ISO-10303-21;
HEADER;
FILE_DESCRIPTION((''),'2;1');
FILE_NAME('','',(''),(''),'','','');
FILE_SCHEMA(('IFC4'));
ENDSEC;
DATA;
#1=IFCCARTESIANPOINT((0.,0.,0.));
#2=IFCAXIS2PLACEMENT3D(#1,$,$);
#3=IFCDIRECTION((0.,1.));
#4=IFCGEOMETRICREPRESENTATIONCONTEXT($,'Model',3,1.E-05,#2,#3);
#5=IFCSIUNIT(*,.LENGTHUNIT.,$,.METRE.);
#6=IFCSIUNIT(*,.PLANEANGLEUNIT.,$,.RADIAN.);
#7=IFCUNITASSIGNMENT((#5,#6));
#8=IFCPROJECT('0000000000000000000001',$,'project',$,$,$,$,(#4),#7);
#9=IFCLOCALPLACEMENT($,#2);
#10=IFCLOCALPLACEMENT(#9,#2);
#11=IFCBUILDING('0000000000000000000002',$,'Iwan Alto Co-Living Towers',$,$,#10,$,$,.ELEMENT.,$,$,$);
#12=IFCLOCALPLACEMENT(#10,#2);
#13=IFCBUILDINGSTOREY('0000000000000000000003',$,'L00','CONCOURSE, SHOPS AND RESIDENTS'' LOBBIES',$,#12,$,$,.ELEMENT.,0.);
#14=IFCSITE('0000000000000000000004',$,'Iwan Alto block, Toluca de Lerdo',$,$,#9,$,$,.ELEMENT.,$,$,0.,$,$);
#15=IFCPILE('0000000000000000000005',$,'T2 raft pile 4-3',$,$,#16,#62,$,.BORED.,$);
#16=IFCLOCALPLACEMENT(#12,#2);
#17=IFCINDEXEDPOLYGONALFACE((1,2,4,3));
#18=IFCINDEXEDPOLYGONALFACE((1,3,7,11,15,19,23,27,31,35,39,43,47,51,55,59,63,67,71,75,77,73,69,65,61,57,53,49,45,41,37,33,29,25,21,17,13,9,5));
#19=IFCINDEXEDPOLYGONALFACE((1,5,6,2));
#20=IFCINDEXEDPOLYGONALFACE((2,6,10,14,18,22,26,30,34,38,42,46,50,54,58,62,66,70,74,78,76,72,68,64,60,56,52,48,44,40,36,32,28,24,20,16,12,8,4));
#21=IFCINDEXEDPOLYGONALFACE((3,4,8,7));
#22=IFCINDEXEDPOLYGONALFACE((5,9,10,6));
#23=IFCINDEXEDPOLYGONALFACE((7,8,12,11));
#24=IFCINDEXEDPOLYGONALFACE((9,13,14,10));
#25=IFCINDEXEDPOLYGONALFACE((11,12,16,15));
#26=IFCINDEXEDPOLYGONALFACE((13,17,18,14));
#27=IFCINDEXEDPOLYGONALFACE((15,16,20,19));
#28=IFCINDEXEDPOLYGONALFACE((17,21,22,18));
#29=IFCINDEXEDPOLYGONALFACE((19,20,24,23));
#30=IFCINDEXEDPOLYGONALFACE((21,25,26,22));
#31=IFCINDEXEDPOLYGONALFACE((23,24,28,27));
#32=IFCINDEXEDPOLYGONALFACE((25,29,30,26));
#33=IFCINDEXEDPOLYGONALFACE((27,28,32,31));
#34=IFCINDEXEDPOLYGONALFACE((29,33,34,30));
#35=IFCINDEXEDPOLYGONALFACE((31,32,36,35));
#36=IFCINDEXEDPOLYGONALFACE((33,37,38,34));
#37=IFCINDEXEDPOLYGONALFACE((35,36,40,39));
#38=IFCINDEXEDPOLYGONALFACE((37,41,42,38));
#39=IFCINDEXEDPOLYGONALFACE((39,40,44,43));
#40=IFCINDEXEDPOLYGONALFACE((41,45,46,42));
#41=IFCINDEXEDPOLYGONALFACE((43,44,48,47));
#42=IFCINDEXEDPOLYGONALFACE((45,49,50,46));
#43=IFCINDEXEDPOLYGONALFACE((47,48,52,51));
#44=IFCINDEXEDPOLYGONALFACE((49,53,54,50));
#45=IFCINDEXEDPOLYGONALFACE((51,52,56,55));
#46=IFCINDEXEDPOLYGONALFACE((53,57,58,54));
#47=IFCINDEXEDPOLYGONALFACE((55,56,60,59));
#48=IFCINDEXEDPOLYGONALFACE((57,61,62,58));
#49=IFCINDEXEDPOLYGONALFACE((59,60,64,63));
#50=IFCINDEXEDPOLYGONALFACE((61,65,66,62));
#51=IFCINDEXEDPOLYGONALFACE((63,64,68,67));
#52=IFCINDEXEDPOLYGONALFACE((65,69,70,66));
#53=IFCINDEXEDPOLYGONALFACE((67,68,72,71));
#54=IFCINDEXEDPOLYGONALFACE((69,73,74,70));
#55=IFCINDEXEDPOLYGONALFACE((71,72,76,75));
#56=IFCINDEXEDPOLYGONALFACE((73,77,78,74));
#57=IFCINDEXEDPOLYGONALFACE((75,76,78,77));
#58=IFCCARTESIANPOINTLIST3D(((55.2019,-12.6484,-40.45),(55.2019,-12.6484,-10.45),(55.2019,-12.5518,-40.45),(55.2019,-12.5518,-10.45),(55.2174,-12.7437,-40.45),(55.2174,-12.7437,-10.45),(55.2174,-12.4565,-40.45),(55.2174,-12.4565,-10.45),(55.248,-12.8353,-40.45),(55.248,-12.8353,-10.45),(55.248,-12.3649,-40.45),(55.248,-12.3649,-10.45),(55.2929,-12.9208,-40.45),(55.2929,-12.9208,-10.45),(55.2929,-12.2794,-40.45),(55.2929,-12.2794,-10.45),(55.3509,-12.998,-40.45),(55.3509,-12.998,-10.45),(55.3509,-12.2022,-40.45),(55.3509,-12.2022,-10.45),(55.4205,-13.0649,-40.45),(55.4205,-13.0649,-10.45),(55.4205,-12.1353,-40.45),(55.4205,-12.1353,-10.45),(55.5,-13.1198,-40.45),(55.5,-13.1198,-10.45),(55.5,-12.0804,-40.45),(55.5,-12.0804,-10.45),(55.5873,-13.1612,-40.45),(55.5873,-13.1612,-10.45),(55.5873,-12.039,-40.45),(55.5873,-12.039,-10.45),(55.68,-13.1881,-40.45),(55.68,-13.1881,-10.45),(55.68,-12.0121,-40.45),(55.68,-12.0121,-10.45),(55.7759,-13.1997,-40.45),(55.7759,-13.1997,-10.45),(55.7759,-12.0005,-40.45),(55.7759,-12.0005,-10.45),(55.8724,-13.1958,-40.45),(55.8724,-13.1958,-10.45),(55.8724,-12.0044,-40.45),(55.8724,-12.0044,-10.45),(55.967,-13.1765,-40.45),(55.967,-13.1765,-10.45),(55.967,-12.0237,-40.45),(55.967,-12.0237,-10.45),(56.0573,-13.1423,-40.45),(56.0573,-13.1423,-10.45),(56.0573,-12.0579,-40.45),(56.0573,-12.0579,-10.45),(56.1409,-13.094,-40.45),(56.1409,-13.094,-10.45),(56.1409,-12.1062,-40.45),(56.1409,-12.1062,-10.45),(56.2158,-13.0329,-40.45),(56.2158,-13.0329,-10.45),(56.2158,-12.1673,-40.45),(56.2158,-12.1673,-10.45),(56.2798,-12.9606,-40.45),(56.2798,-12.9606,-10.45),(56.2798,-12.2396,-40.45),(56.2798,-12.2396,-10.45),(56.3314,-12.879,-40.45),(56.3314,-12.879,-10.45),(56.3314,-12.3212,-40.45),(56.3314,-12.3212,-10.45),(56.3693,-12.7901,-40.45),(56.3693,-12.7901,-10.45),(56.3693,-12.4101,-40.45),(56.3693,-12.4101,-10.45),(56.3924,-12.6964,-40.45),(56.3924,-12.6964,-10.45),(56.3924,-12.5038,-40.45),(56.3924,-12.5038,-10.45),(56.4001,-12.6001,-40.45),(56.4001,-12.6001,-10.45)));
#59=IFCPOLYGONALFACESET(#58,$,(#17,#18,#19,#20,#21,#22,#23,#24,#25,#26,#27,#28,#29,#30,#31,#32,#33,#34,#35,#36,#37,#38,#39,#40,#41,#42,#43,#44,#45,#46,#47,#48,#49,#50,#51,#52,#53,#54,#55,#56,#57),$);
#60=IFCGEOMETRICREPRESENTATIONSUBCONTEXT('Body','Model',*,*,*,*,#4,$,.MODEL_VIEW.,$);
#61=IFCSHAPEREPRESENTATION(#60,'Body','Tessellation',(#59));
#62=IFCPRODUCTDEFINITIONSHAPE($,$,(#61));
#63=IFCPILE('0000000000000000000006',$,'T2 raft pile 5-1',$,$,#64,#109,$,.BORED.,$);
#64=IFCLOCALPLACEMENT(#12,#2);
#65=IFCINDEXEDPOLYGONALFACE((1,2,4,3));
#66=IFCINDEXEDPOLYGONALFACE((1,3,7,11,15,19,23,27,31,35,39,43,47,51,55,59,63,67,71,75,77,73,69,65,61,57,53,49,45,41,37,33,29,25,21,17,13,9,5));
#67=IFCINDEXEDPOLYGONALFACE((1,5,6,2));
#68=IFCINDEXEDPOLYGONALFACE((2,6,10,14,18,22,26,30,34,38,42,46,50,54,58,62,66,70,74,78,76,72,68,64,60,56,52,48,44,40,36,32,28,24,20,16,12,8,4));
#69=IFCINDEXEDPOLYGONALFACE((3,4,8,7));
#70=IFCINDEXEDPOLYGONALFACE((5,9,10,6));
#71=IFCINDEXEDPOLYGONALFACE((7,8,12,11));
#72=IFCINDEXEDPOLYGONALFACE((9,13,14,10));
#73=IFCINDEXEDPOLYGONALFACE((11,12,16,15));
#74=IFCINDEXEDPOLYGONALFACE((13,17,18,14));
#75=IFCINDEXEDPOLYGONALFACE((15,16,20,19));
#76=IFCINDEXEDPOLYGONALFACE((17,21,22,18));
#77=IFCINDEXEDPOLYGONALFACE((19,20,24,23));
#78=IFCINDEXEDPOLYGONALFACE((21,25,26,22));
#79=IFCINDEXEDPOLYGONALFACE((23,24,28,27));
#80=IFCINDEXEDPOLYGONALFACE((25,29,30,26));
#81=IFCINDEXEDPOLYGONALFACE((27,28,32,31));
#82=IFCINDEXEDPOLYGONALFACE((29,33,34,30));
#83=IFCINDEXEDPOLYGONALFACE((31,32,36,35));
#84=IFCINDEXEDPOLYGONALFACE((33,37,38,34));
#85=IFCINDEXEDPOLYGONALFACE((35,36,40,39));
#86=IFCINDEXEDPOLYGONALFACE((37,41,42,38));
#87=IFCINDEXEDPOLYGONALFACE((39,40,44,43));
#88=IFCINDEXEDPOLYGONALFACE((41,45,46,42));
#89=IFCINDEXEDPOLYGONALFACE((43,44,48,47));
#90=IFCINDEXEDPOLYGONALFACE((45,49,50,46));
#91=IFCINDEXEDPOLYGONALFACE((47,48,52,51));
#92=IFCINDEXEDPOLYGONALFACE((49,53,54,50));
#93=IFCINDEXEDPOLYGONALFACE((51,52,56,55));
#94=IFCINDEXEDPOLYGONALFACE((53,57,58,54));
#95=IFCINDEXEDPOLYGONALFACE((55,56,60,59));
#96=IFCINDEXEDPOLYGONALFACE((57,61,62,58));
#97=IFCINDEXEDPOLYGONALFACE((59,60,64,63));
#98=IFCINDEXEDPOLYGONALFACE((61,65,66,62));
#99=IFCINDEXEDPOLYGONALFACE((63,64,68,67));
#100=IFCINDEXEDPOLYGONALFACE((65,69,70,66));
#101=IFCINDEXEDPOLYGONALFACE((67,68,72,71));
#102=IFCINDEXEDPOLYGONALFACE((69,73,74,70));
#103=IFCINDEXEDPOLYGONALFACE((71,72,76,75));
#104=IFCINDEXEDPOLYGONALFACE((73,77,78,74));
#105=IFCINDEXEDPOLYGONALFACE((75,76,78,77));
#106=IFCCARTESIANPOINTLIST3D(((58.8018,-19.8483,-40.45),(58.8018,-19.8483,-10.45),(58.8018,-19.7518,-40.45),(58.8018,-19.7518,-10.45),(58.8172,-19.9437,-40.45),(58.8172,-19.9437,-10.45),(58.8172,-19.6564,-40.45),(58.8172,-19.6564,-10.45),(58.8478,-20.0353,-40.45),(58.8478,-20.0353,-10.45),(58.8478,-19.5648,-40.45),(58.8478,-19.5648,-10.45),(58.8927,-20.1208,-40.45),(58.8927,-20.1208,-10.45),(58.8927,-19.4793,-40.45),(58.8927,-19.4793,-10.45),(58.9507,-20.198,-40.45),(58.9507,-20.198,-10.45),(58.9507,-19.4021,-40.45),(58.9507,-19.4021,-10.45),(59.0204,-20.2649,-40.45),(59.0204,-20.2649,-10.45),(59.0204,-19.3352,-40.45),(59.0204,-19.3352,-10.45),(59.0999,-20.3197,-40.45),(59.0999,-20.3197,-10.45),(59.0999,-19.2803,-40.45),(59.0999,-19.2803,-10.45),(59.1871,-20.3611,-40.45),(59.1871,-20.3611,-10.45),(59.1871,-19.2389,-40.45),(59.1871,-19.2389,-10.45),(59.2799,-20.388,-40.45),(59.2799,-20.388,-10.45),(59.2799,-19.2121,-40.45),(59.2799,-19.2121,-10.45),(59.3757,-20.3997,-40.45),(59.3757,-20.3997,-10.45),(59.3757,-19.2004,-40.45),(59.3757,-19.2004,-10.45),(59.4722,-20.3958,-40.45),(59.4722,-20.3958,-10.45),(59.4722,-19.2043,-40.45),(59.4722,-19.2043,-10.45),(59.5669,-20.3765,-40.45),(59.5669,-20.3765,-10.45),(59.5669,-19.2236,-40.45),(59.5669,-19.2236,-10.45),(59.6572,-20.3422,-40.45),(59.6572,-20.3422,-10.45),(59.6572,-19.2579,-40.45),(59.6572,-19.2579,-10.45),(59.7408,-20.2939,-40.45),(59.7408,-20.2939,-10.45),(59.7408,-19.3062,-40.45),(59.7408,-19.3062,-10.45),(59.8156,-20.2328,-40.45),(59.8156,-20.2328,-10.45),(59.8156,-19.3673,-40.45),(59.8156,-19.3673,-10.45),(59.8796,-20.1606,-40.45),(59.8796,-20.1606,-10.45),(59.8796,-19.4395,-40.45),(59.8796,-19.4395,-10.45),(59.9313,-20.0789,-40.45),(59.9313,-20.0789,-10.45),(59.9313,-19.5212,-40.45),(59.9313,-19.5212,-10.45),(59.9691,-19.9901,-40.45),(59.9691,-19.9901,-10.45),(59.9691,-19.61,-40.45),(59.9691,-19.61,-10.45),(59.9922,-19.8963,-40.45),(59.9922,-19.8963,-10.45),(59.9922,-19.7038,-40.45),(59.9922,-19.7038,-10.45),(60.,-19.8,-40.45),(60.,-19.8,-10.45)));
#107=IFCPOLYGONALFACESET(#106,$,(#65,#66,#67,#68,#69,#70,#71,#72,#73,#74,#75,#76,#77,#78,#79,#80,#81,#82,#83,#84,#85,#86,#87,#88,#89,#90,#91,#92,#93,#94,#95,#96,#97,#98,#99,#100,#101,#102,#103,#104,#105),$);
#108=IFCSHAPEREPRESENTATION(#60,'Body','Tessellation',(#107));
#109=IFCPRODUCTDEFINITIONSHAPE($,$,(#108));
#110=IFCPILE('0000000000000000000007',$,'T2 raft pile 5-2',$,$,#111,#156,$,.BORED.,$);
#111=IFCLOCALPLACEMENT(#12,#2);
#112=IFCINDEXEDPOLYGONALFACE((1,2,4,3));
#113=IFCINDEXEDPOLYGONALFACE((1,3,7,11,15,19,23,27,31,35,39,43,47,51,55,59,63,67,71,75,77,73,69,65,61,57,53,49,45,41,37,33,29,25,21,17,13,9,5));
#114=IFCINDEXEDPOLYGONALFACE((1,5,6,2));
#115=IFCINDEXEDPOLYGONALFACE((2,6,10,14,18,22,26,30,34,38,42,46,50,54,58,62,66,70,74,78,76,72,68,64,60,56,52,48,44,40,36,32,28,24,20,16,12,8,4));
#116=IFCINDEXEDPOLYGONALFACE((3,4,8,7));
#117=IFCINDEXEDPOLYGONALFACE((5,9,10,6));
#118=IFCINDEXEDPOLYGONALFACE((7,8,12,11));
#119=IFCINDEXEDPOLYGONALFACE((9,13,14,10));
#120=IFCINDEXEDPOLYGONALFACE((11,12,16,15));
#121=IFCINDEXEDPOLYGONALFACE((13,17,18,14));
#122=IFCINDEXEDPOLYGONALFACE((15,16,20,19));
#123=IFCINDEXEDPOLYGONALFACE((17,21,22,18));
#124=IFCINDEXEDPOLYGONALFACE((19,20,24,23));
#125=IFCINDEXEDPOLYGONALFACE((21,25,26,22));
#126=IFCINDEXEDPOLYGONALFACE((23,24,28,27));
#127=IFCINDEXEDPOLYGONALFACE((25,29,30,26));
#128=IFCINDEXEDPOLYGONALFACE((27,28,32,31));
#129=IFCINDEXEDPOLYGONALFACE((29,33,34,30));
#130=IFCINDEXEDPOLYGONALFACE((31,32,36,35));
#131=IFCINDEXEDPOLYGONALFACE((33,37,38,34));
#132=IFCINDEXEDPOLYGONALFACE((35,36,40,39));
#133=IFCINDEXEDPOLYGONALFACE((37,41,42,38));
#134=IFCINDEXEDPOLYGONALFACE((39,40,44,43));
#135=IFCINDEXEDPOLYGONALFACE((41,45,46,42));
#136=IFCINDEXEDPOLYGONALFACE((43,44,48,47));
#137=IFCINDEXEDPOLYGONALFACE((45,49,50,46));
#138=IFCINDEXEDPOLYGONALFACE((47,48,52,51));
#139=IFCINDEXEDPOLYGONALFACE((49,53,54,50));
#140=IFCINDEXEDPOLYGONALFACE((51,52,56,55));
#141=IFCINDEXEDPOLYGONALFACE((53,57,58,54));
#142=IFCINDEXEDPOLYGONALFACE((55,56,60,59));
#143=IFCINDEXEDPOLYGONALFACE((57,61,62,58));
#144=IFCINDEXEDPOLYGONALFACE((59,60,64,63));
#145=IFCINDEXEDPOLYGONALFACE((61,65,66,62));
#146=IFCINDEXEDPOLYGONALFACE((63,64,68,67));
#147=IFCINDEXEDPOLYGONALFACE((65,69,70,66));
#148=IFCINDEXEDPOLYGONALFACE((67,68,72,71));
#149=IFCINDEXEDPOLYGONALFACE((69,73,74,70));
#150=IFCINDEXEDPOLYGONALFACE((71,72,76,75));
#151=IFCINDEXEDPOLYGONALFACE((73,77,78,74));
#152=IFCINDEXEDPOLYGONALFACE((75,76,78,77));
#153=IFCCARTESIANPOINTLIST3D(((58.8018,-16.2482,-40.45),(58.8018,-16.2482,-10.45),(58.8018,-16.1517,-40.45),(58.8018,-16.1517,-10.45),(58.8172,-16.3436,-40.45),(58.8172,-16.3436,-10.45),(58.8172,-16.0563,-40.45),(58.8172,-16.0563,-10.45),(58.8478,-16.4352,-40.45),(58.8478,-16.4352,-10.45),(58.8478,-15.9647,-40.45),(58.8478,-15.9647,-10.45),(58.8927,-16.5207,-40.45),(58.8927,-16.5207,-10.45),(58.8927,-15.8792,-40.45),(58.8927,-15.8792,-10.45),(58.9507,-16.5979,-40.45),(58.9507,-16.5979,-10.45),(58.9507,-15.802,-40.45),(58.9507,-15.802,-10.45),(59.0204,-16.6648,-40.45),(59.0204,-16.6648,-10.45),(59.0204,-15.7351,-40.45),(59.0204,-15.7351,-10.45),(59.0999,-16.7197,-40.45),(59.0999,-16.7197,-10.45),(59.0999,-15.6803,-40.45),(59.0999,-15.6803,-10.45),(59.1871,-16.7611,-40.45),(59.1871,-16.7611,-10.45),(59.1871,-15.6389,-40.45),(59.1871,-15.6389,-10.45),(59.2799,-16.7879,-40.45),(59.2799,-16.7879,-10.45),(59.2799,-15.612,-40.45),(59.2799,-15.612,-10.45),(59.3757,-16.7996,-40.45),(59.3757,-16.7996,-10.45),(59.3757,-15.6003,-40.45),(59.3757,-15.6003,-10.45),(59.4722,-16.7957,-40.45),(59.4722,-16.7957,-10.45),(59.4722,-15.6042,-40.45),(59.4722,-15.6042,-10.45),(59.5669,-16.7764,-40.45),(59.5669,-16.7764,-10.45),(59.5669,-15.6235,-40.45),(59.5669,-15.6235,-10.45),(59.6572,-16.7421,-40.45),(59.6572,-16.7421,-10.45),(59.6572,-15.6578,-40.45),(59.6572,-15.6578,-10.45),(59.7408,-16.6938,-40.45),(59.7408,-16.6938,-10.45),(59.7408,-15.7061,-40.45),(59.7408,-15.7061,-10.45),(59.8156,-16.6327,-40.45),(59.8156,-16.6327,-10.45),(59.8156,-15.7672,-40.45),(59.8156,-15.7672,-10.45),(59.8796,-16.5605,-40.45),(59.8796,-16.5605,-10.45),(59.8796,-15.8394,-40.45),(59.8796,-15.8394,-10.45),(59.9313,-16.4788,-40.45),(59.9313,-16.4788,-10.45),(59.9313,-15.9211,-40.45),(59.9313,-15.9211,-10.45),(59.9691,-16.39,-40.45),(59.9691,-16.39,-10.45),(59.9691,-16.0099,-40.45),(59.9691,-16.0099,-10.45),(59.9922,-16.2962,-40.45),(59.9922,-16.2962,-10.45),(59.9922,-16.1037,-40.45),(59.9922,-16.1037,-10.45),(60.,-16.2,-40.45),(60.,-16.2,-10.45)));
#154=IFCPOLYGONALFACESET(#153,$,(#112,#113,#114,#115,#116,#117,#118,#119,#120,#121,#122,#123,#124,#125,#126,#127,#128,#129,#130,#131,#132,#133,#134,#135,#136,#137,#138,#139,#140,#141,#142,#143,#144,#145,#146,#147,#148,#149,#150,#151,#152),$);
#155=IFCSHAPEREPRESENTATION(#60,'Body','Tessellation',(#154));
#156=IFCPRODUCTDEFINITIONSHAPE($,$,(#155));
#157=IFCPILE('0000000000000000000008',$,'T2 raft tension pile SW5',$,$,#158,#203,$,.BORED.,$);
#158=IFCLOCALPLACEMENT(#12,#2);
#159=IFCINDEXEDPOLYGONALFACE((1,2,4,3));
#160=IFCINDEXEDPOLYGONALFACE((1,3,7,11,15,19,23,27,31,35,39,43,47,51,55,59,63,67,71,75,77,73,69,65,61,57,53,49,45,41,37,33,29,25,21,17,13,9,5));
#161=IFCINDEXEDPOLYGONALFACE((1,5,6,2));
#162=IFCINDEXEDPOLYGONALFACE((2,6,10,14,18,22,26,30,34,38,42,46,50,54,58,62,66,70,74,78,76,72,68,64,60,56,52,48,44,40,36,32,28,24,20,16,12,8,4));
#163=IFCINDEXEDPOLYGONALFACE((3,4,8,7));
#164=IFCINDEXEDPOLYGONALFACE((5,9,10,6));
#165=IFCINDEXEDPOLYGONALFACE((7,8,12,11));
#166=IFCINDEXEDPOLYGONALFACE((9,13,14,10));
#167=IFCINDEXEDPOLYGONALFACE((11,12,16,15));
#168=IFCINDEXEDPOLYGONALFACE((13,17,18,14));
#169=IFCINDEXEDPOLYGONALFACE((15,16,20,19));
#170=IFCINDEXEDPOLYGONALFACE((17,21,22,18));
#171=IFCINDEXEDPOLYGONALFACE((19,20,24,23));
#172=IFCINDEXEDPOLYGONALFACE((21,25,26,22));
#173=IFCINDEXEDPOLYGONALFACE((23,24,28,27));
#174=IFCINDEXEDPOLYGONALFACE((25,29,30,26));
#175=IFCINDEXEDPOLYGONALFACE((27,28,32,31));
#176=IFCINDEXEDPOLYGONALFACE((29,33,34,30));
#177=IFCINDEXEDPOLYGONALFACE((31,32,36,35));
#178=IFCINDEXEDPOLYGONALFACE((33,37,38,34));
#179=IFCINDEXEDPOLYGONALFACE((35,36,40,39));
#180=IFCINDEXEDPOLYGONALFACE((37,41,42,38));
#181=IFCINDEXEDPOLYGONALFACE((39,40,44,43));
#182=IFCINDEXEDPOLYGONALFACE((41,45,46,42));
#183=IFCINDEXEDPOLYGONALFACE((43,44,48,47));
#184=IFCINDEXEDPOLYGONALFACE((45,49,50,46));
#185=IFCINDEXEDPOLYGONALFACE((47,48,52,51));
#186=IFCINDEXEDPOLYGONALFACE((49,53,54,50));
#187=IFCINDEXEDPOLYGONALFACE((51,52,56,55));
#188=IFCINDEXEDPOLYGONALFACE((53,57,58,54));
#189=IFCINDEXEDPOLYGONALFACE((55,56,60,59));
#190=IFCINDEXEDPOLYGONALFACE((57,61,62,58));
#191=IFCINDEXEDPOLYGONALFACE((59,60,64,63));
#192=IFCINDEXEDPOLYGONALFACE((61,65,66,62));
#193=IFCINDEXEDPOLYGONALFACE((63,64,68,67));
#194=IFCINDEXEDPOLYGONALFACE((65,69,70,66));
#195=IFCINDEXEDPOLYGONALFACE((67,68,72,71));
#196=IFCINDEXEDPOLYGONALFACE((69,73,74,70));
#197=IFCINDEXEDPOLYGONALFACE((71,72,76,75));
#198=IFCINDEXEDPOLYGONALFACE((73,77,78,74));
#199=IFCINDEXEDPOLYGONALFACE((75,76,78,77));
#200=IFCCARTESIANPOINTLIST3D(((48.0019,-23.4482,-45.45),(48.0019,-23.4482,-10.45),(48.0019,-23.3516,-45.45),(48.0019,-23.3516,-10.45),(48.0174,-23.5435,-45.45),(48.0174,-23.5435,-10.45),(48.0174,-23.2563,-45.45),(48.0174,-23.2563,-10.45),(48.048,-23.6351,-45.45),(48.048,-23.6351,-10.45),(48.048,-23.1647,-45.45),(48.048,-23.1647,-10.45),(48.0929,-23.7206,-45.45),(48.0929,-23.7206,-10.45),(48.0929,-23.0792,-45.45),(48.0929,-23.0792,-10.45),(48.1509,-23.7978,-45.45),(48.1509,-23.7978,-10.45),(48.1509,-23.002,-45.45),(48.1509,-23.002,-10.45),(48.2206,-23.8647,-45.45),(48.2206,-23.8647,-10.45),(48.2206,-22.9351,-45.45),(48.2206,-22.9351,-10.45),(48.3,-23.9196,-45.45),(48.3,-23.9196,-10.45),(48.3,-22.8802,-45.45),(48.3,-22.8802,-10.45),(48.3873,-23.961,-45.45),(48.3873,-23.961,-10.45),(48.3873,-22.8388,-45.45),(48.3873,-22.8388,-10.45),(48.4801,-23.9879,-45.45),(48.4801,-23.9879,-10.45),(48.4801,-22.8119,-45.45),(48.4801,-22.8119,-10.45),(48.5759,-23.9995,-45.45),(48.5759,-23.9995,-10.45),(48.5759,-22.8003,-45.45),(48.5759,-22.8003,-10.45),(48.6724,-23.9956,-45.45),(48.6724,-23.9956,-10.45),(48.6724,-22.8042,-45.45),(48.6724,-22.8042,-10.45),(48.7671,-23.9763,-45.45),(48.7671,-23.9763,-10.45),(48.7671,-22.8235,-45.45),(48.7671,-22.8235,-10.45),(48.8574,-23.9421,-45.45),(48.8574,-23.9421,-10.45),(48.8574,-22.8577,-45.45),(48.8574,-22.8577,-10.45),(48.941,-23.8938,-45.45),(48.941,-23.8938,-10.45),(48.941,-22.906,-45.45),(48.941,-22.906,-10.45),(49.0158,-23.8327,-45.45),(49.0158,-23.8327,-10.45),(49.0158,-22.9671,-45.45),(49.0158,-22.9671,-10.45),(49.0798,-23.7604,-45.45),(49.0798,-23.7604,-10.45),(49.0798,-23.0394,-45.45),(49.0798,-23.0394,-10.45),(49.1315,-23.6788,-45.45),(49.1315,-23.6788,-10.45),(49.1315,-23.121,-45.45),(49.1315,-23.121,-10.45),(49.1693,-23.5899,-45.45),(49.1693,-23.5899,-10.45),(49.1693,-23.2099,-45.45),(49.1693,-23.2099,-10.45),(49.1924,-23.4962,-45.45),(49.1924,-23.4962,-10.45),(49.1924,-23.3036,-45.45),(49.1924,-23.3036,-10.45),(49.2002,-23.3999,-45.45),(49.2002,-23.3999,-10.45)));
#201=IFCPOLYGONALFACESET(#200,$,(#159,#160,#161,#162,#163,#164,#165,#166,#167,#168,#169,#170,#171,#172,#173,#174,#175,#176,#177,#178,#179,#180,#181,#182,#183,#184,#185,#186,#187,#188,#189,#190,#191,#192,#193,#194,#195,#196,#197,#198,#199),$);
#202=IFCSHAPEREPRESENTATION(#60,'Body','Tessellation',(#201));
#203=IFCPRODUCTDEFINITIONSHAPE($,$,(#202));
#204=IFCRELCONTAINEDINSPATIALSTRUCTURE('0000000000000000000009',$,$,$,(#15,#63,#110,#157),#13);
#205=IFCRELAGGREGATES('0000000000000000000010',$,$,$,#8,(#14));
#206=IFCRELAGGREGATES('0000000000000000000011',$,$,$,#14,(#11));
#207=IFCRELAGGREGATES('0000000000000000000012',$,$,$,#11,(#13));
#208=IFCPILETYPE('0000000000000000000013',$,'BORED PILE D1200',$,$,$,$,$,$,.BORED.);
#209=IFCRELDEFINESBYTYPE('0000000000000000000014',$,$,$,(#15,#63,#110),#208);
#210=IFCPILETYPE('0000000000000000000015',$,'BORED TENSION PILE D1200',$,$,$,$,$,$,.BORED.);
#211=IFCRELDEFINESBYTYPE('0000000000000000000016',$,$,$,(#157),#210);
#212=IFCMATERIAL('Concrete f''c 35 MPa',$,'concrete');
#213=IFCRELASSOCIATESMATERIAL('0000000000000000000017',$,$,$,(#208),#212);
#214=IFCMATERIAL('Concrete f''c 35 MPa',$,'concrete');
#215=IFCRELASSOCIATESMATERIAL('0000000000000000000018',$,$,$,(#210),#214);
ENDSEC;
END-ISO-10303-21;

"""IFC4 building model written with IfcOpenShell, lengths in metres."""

from ifc_helpers import new_model, si_unit, direction, frame, origin, origin_2d, place, context, subcontext, project, spatial, circle, extrude, material, material_profile, profile_set, type_object, element, save


model = new_model("IFC4")

# Units and contexts
model_context = context("Model", 3, precision=1e-05, world=origin(), true_north=direction((0.0, 1.0)))
body_context = subcontext(model_context, "Body", "Model", "MODEL_VIEW")
ifc_project = project(units=[si_unit("LENGTHUNIT", "METRE"), si_unit("PLANEANGLEUNIT", "RADIAN")], contexts=[model_context])

# Site, building, storey
site_placement = place(None, origin())
site = spatial("IfcSite", under=ifc_project, at=site_placement, Name="Iwan Alto block, Toluca de Lerdo", CompositionType="ELEMENT", RefElevation=0.0)
building_placement = place(site_placement, origin())
building = spatial("IfcBuilding", under=site, at=building_placement, Name="Iwan Alto Co-Living Towers", CompositionType="ELEMENT")
storey_placement = place(building_placement, origin())
storey = spatial("IfcBuildingStorey", under=building, at=storey_placement, Name="L00", Description="CONCOURSE, SHOPS AND RESIDENTS' LOBBIES", CompositionType="ELEMENT", Elevation=0.0)

# Piles
ifc_material_1 = material(Name="Concrete f'c 35 MPa", Category="concrete")
ifc_material_profile_1 = material_profile(ifc_material_1, circle(Radius=0.6001, at=origin_2d()), Name="D1200")
ifc_profile_set_1 = profile_set([ifc_material_profile_1], Name="Concrete f'c 35 MPa")
pile_type_1 = type_object("IfcPileType", Name="BORED PILE D1200", PredefinedType="BORED", material=ifc_profile_set_1)
for number, where, z_axis, x_axis, name in (
    (1, (55.8, -12.6001, -10.45), (0.0, 0.0, -1.0), (1.0, 0.0, 0.0), "T2 raft pile 4-3"),
    (2, (59.3999, -19.8, -10.45), (0.0, 0.0, -1.0), (1.0, 0.0, 0.0), "T2 raft pile 5-1"),
    (3, (59.3999, -16.2, -10.45), (0.0, 0.0, -1.0), (1.0, 0.0, 0.0), "T2 raft pile 5-2"),
):
    element("IfcPile", number, at=place(storey_placement, frame(where, z_axis=z_axis, x_axis=x_axis)), inside=storey, type_object=pile_type_1, Name=name, PredefinedType="BORED", context=body_context, shape_type="SweptSolid", body=[
        extrude(circle(Radius=0.6001, at=origin_2d()), origin(), (0.0, 0.0, 1.0), 30.0),
    ])
ifc_material_2 = material(Name="Concrete f'c 35 MPa", Category="concrete")
ifc_material_profile_2 = material_profile(ifc_material_2, circle(Radius=0.6001, at=origin_2d()), Name="D1200")
ifc_profile_set_2 = profile_set([ifc_material_profile_2], Name="Concrete f'c 35 MPa")
pile_type_2 = type_object("IfcPileType", Name="BORED TENSION PILE D1200", PredefinedType="BORED", material=ifc_profile_set_2)
pile_placement = place(storey_placement, frame((48.6001, -23.3999, -10.45), z_axis=(0.0, 0.0, -1.0), x_axis=(1.0, 0.0, 0.0)))
element("IfcPile", 4, at=pile_placement, inside=storey, type_object=pile_type_2, Name="T2 raft tension pile SW5", PredefinedType="BORED", context=body_context, shape_type="SweptSolid", body=[
    extrude(circle(Radius=0.6001, at=origin_2d()), origin(), (0.0, 0.0, 1.0), 35.0),
])

save(model, "model.ifc")
